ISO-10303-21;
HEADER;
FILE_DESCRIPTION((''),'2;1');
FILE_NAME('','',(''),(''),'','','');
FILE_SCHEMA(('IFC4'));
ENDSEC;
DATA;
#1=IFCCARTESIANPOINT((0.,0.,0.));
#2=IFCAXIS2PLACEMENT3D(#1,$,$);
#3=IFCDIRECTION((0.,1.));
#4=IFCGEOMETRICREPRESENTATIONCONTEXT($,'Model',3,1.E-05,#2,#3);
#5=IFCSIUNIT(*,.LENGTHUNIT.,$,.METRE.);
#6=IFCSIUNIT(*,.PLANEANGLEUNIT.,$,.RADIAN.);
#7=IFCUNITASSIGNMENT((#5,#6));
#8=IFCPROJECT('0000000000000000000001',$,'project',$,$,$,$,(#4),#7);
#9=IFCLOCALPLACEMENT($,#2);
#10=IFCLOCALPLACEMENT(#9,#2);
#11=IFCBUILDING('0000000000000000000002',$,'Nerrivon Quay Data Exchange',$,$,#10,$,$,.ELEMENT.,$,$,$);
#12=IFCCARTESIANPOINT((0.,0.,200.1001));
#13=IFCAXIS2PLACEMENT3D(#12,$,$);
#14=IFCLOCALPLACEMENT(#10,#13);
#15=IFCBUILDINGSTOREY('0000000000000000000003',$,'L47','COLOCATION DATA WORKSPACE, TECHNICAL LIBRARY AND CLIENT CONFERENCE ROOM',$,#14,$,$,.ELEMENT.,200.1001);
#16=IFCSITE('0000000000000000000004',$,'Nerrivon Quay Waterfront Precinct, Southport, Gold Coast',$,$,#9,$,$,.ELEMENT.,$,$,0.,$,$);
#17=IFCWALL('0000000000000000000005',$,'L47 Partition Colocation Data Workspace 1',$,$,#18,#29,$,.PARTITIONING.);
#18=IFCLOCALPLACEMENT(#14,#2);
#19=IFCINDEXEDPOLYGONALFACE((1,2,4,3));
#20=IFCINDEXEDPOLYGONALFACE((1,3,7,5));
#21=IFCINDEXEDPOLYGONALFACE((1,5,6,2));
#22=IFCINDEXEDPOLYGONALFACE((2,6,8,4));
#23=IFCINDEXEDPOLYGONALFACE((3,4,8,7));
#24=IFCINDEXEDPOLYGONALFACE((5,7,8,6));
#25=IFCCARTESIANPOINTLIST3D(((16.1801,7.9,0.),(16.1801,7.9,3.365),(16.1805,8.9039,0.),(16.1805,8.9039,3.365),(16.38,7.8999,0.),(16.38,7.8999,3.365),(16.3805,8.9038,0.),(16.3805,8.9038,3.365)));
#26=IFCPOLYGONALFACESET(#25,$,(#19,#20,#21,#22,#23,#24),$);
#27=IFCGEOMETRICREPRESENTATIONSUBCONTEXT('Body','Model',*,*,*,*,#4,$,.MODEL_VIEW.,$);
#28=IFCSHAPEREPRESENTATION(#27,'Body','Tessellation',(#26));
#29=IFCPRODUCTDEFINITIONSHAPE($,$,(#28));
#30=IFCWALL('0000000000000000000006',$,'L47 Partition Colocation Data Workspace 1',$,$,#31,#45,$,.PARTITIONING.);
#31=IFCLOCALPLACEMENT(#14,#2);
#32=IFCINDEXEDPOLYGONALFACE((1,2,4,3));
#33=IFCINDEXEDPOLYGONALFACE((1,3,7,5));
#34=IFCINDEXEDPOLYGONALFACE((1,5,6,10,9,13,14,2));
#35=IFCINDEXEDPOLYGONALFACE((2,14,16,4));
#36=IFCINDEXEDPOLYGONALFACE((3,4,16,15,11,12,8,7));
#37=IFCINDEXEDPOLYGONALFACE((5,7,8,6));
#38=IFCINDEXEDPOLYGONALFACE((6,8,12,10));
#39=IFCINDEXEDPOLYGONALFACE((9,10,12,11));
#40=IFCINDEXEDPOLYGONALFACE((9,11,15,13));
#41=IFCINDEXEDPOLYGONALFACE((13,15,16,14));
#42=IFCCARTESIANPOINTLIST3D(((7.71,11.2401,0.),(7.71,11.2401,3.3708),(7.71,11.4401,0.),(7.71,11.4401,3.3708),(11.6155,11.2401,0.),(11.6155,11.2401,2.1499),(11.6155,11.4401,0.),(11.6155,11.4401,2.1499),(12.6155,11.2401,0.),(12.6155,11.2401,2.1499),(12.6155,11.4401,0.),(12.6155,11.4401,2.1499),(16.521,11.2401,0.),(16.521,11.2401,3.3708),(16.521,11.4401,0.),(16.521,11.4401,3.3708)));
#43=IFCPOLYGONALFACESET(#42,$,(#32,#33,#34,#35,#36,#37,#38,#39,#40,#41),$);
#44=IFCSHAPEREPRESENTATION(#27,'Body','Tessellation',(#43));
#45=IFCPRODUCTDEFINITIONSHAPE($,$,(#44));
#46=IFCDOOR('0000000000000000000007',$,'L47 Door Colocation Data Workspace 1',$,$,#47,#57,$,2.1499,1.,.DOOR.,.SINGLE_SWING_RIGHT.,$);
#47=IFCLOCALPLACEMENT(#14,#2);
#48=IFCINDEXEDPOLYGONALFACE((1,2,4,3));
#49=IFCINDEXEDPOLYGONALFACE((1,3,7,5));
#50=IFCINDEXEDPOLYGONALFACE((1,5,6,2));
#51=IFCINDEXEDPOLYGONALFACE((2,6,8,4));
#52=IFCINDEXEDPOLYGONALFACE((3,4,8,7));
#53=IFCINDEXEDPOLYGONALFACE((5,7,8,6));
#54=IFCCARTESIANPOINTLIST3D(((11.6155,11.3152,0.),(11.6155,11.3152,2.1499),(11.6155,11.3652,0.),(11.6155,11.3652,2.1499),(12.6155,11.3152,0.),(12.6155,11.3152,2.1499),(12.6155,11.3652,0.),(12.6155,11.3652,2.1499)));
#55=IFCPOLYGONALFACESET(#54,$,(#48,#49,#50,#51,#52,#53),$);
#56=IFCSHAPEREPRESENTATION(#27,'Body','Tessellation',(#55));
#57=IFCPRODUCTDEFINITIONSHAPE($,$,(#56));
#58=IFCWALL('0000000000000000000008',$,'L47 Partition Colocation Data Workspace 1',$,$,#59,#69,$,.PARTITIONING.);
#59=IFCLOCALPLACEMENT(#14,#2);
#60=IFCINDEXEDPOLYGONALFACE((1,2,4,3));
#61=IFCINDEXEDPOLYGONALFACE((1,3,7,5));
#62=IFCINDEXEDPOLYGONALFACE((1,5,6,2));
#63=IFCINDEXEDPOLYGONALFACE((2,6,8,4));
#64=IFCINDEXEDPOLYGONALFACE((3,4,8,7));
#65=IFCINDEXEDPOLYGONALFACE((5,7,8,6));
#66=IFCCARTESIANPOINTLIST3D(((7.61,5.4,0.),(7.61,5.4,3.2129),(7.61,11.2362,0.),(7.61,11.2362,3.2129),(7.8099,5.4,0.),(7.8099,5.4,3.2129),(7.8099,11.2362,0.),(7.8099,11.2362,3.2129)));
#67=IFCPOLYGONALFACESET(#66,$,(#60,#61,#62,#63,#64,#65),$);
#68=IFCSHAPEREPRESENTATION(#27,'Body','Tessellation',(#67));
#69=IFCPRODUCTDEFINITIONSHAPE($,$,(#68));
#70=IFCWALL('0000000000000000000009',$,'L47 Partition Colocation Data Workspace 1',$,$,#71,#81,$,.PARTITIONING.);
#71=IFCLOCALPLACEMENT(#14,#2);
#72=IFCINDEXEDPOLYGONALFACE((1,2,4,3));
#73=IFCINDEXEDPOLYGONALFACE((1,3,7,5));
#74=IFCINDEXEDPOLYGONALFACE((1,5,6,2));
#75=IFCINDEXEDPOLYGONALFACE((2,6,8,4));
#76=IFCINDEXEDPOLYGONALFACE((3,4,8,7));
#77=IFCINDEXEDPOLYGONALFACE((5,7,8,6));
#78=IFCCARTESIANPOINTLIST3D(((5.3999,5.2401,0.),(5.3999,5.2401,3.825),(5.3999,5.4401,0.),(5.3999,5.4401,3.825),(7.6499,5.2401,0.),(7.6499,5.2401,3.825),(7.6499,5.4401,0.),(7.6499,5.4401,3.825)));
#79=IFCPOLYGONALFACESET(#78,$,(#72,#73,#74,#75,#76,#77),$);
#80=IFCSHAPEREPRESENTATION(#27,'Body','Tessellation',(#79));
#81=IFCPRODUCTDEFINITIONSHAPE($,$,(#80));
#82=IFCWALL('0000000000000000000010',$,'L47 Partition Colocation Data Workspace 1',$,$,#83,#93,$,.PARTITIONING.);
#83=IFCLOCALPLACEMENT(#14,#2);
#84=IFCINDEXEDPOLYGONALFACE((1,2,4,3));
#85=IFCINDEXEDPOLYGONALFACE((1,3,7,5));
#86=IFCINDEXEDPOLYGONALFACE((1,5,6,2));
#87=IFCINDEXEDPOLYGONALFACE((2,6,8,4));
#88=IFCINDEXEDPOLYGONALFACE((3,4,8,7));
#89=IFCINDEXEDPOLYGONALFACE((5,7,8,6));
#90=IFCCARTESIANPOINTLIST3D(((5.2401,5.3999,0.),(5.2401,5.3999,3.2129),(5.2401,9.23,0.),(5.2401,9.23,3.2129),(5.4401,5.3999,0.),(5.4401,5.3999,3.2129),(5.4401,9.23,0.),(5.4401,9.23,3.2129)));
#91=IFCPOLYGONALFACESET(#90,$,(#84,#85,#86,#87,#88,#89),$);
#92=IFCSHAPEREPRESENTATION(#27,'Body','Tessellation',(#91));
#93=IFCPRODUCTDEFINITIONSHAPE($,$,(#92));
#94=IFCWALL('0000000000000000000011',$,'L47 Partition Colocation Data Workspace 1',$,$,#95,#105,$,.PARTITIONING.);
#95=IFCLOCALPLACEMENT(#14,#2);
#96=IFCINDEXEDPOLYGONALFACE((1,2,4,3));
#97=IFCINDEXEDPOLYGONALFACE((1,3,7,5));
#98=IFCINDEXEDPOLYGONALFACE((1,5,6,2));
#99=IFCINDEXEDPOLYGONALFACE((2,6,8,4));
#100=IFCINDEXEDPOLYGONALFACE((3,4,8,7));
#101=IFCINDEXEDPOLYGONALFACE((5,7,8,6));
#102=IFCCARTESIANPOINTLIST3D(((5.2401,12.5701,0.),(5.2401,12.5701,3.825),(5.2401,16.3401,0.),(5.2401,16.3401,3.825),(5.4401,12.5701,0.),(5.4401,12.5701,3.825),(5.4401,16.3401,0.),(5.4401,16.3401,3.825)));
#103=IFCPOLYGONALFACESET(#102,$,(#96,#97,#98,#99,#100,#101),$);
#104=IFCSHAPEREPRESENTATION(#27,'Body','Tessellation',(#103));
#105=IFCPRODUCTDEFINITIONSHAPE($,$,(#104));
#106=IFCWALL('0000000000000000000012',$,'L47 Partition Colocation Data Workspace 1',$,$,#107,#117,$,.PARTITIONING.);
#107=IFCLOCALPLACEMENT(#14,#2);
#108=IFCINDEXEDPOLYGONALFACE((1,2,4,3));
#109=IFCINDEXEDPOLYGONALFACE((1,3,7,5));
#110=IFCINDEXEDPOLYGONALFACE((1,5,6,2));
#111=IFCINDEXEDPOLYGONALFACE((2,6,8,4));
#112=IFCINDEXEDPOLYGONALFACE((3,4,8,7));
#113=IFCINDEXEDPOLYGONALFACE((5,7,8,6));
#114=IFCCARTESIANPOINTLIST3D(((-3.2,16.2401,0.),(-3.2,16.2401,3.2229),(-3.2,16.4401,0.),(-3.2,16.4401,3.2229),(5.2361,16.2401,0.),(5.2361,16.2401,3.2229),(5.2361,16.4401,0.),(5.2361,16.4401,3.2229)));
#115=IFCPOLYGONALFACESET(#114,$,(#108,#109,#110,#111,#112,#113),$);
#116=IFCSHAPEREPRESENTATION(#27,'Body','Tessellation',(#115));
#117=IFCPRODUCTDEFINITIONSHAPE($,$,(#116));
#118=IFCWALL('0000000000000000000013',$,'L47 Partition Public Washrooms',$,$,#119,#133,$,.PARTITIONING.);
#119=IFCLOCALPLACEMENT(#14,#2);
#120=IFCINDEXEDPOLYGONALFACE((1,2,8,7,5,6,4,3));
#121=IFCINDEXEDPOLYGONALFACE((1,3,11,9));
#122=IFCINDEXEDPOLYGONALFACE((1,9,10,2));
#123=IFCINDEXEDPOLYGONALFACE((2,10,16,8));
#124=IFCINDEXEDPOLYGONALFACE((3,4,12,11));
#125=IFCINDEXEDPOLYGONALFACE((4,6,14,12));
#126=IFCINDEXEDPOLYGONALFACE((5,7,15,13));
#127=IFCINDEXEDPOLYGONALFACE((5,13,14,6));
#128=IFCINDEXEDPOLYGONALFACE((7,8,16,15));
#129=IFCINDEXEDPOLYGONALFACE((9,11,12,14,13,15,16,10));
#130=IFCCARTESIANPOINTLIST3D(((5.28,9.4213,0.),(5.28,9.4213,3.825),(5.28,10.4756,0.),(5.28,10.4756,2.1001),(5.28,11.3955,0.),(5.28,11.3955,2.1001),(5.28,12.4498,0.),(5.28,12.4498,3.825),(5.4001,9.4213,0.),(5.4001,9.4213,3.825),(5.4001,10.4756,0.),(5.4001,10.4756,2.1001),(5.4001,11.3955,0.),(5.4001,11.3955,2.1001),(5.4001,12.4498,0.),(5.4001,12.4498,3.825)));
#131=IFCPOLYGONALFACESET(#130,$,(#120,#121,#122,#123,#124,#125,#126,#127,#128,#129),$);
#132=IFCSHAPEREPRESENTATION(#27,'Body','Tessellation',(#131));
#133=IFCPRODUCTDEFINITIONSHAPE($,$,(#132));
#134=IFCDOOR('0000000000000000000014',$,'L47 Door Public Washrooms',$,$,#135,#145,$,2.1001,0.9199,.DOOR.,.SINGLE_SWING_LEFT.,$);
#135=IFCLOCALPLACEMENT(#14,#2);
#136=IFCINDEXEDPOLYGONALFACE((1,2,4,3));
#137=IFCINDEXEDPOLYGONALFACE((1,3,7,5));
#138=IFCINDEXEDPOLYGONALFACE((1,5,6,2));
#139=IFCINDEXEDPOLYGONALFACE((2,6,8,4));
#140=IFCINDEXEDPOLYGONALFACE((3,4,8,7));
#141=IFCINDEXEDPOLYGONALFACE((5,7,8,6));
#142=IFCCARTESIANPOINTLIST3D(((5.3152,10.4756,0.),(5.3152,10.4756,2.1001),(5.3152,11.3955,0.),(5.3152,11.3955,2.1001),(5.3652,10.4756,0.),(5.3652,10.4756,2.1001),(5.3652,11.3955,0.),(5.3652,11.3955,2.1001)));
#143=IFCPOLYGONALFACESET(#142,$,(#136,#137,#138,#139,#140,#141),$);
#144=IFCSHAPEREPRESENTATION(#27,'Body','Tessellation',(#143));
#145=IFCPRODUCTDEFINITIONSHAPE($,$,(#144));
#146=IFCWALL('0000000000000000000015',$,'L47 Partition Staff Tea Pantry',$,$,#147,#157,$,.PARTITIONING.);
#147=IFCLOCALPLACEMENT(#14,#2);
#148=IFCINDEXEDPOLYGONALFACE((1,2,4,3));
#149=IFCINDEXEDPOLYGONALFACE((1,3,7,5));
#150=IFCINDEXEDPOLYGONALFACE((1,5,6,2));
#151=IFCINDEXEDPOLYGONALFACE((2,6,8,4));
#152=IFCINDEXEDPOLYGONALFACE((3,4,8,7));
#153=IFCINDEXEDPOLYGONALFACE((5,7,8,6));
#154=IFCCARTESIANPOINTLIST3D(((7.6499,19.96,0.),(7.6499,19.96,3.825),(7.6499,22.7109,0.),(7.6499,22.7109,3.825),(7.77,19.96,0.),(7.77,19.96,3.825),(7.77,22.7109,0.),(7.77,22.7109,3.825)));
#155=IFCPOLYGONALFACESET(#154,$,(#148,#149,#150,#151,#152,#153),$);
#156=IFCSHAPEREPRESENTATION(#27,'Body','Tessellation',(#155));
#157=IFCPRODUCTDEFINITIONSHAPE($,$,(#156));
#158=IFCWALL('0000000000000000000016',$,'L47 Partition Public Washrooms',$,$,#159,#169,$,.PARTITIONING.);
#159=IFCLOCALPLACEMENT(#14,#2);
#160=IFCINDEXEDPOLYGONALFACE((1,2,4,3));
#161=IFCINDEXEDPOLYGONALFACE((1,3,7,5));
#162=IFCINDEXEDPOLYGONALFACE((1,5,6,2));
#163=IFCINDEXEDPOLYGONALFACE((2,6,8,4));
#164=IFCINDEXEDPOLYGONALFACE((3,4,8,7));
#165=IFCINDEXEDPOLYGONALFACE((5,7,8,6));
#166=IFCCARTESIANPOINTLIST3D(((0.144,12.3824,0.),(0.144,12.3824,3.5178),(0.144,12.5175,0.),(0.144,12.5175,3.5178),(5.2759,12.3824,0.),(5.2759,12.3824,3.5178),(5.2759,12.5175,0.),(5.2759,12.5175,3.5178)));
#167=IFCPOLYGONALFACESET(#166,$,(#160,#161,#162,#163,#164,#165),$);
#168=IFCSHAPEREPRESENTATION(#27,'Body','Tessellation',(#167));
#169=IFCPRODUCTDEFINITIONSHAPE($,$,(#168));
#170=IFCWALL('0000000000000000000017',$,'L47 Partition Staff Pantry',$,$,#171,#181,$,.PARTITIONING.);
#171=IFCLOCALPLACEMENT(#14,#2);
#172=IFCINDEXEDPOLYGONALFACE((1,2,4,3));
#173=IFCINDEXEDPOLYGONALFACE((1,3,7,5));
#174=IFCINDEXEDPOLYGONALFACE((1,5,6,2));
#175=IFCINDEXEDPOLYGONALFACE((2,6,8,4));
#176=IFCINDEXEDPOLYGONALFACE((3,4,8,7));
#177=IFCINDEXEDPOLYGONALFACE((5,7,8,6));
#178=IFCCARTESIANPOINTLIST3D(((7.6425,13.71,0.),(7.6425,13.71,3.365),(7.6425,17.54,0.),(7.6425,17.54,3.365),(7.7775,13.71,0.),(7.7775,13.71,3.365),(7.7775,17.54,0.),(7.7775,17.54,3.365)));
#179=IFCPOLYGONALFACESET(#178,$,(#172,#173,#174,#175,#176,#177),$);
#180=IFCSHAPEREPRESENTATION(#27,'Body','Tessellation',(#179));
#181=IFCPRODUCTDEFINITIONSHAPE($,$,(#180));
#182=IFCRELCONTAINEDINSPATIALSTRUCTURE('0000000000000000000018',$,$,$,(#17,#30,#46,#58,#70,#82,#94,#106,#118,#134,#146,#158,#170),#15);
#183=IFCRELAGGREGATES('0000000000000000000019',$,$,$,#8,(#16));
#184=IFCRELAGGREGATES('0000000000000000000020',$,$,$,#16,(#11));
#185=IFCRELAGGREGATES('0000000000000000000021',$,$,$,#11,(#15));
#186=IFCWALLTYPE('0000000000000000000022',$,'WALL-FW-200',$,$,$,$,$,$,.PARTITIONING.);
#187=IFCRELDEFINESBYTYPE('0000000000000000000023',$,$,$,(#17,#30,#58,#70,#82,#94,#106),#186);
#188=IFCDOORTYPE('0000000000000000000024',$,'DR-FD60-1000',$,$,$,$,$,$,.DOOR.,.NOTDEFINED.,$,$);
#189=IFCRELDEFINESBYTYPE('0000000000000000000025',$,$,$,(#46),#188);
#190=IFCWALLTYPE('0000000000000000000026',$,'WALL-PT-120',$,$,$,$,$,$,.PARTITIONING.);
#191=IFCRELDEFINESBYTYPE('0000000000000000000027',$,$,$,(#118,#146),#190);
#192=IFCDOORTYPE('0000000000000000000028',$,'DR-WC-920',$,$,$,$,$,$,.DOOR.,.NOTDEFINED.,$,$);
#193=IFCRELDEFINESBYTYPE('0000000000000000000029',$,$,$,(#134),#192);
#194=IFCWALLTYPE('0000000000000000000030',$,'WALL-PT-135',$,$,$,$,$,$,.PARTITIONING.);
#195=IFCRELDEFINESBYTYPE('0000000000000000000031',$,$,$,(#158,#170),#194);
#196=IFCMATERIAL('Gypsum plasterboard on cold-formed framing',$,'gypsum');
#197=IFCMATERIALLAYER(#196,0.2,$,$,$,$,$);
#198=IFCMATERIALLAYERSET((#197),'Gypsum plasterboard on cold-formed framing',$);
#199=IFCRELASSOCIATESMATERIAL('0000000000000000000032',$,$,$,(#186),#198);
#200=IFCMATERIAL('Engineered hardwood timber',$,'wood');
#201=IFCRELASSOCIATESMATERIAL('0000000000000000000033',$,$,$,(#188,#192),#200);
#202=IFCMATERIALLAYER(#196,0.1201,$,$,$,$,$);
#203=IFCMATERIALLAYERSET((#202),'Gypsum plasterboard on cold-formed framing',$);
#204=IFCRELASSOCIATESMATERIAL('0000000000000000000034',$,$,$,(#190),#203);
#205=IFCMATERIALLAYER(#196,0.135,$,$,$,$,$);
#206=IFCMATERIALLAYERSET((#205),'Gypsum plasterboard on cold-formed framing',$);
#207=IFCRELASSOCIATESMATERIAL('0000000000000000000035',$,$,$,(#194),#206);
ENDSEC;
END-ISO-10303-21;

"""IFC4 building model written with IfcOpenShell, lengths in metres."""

from ifc_helpers import new_model, si_unit, direction, frame, frame_2d, origin, place, context, subcontext, project, spatial, rectangle, extrude, material, layer, layer_set, type_object, element, fill, save


model = new_model("IFC4")

# Units and contexts
model_context = context("Model", 3, precision=1e-05, world=origin(), true_north=direction((0.0, 1.0)))
body_context = subcontext(model_context, "Body", "Model", "MODEL_VIEW")
ifc_project = project(units=[si_unit("LENGTHUNIT", "METRE"), si_unit("PLANEANGLEUNIT", "RADIAN")], contexts=[model_context])

# Site, building, storey
site_placement = place(None, origin())
site = spatial("IfcSite", under=ifc_project, at=site_placement, Name="Nerrivon Quay Waterfront Precinct, Southport, Gold Coast", CompositionType="ELEMENT", RefElevation=0.0)
building_placement = place(site_placement, origin())
building = spatial("IfcBuilding", under=site, at=building_placement, Name="Nerrivon Quay Data Exchange", CompositionType="ELEMENT")
storey_placement = place(building_placement, frame((0.0, 0.0, 200.1001)))
storey = spatial("IfcBuildingStorey", under=building, at=storey_placement, Name="L47", Description="COLOCATION DATA WORKSPACE, TECHNICAL LIBRARY AND CLIENT CONFERENCE ROOM", CompositionType="ELEMENT", Elevation=200.1001)

# Wall
ifc_material_1 = material(Name="Gypsum plasterboard on cold-formed framing", Category="gypsum")
ifc_layer_1 = layer(ifc_material_1, 0.2)
ifc_layer_set_1 = layer_set([ifc_layer_1], Name="Gypsum plasterboard on cold-formed framing")
wall_type_1 = type_object("IfcWallType", Name="WALL-FW-200", PredefinedType="PARTITIONING", material=ifc_layer_set_1)
wall_1_placement = place(storey_placement, frame((16.28, 7.8999, 0.0), z_axis=(0.0, 0.0, 1.0), x_axis=(0.000486, 1.0, 0.0)))
element("IfcWall", 1, at=wall_1_placement, inside=storey, type_object=wall_type_1, Name="L47 Partition Colocation Data Workspace 1", PredefinedType="PARTITIONING", context=body_context, shape_type="SweptSolid", body=[
    extrude(rectangle(XDim=1.0039, YDim=0.2, at=frame_2d((0.502, 0.0))), origin(), (0.0, 0.0, 1.0), 3.365),
])

# Wall, opening, door
wall_2_placement = place(storey_placement, frame((16.521, 11.3401, 0.0), z_axis=(0.0, 0.0, 1.0), x_axis=(-1.0, 0.0, 0.0)))
wall_2 = element("IfcWall", 2, at=wall_2_placement, inside=storey, type_object=wall_type_1, Name="L47 Partition Colocation Data Workspace 1", PredefinedType="PARTITIONING", context=body_context, shape_type="SweptSolid", body=[
    extrude(rectangle(XDim=8.811, YDim=0.2, at=frame_2d((4.4055, 0.0))), origin(), (0.0, 0.0, 1.0), 3.3708),
])
opening_1_placement = place(wall_2_placement, frame((3.9055, 0.0, 0.0)))
opening_1 = element("IfcOpeningElement", 3, at=opening_1_placement, cuts=wall_2, PredefinedType="OPENING", context=body_context, shape_type="SweptSolid", body=[
    extrude(rectangle(XDim=1.0, YDim=2.1499, at=frame_2d((0.5, 1.075))), frame((0.0, 0.1099, 0.0), z_axis=(0.0, -1.0, 0.0), x_axis=(1.0, 0.0, 0.0)), (0.0, 0.0, 1.0), 0.22),
])
ifc_material_2 = material(Name="Engineered hardwood timber", Category="wood")
door_type_1 = type_object("IfcDoorType", Name="DR-FD60-1000", OperationType="NOTDEFINED", PredefinedType="DOOR", material=ifc_material_2)
door_1_placement = place(opening_1_placement, origin())
door_1 = element("IfcDoor", 4, at=door_1_placement, inside=storey, type_object=door_type_1, Name="L47 Door Colocation Data Workspace 1", OperationType="SINGLE_SWING_RIGHT", OverallHeight=2.1499, OverallWidth=1.0, PredefinedType="DOOR", context=body_context, shape_type="SweptSolid", body=[
    extrude(rectangle(XDim=1.0, YDim=2.1499, at=frame_2d((0.5, 1.075))), frame((0.0, 0.0249, 0.0), z_axis=(0.0, -1.0, 0.0), x_axis=(1.0, 0.0, 0.0)), (0.0, 0.0, 1.0), 0.05),
])
fill(opening_1, door_1)

# Walls
wall_3_placement = place(storey_placement, frame((7.71, 11.2361, 0.0), z_axis=(0.0, 0.0, 1.0), x_axis=(0.0, -1.0, 0.0)))
element("IfcWall", 5, at=wall_3_placement, inside=storey, type_object=wall_type_1, Name="L47 Partition Colocation Data Workspace 1", PredefinedType="PARTITIONING", context=body_context, shape_type="SweptSolid", body=[
    extrude(rectangle(XDim=5.8362, YDim=0.2, at=frame_2d((2.918, 0.0))), origin(), (0.0, 0.0, 1.0), 3.2129),
])
wall_4_placement = place(storey_placement, frame((7.6499, 5.3401, 0.0), z_axis=(0.0, 0.0, 1.0), x_axis=(-1.0, 0.0, 0.0)))
element("IfcWall", 6, at=wall_4_placement, inside=storey, type_object=wall_type_1, Name="L47 Partition Colocation Data Workspace 1", PredefinedType="PARTITIONING", context=body_context, shape_type="SweptSolid", body=[
    extrude(rectangle(XDim=2.25, YDim=0.2, at=frame_2d((1.125, 0.0))), origin(), (0.0, 0.0, 1.0), 3.825),
])
wall_5_placement = place(storey_placement, frame((5.3401, 5.3999, 0.0), z_axis=(0.0, 0.0, 1.0), x_axis=(0.0, 1.0, 0.0)))
element("IfcWall", 7, at=wall_5_placement, inside=storey, type_object=wall_type_1, Name="L47 Partition Colocation Data Workspace 1", PredefinedType="PARTITIONING", context=body_context, shape_type="SweptSolid", body=[
    extrude(rectangle(XDim=3.8301, YDim=0.2, at=frame_2d((1.915, 0.0))), origin(), (0.0, 0.0, 1.0), 3.2129),
])
wall_6_placement = place(storey_placement, frame((5.3401, 12.5701, 0.0), z_axis=(0.0, 0.0, 1.0), x_axis=(0.0, 1.0, 0.0)))
element("IfcWall", 8, at=wall_6_placement, inside=storey, type_object=wall_type_1, Name="L47 Partition Colocation Data Workspace 1", PredefinedType="PARTITIONING", context=body_context, shape_type="SweptSolid", body=[
    extrude(rectangle(XDim=3.77, YDim=0.2, at=frame_2d((1.885, 0.0))), origin(), (0.0, 0.0, 1.0), 3.825),
])
wall_7_placement = place(storey_placement, frame((5.2361, 16.3401, 0.0), z_axis=(0.0, 0.0, 1.0), x_axis=(-1.0, 0.0, 0.0)))
element("IfcWall", 9, at=wall_7_placement, inside=storey, type_object=wall_type_1, Name="L47 Partition Colocation Data Workspace 1", PredefinedType="PARTITIONING", context=body_context, shape_type="SweptSolid", body=[
    extrude(rectangle(XDim=8.436, YDim=0.2, at=frame_2d((4.218, 0.0))), origin(), (0.0, 0.0, 1.0), 3.2229),
])

# Wall, opening, door
ifc_layer_2 = layer(ifc_material_1, 0.1201)
ifc_layer_set_2 = layer_set([ifc_layer_2], Name="Gypsum plasterboard on cold-formed framing")
wall_type_2 = type_object("IfcWallType", Name="WALL-PT-120", PredefinedType="PARTITIONING", material=ifc_layer_set_2)
wall_8_placement = place(storey_placement, frame((5.3401, 9.4214, 0.0), z_axis=(0.0, 0.0, 1.0), x_axis=(0.0, 1.0, 0.0)))
wall_8 = element("IfcWall", 10, at=wall_8_placement, inside=storey, type_object=wall_type_2, Name="L47 Partition Public Washrooms", PredefinedType="PARTITIONING", context=body_context, shape_type="SweptSolid", body=[
    extrude(rectangle(XDim=3.0286, YDim=0.1201, at=frame_2d((1.5142, 0.0))), origin(), (0.0, 0.0, 1.0), 3.825),
])
opening_2_placement = place(wall_8_placement, frame((1.0542, 0.0, 0.0)))
opening_2 = element("IfcOpeningElement", 11, at=opening_2_placement, cuts=wall_8, PredefinedType="OPENING", context=body_context, shape_type="SweptSolid", body=[
    extrude(rectangle(XDim=0.9199, YDim=2.1001, at=frame_2d((0.46, 1.05))), frame((0.0, 0.0701, 0.0), z_axis=(0.0, -1.0, 0.0), x_axis=(1.0, 0.0, 0.0)), (0.0, 0.0, 1.0), 0.1401),
])
door_type_2 = type_object("IfcDoorType", Name="DR-WC-920", OperationType="NOTDEFINED", PredefinedType="DOOR", material=ifc_material_2)
door_2_placement = place(opening_2_placement, origin())
door_2 = element("IfcDoor", 12, at=door_2_placement, inside=storey, type_object=door_type_2, Name="L47 Door Public Washrooms", OperationType="SINGLE_SWING_LEFT", OverallHeight=2.1001, OverallWidth=0.9199, PredefinedType="DOOR", context=body_context, shape_type="SweptSolid", body=[
    extrude(rectangle(XDim=0.9199, YDim=2.1001, at=frame_2d((0.46, 1.05))), frame((0.0, 0.0249, 0.0), z_axis=(0.0, -1.0, 0.0), x_axis=(1.0, 0.0, 0.0)), (0.0, 0.0, 1.0), 0.05),
])
fill(opening_2, door_2)

# Walls
wall_9_placement = place(storey_placement, frame((7.71, 22.7109, 0.0), z_axis=(0.0, 0.0, 1.0), x_axis=(0.0, -1.0, 0.0)))
element("IfcWall", 13, at=wall_9_placement, inside=storey, type_object=wall_type_2, Name="L47 Partition Staff Tea Pantry", PredefinedType="PARTITIONING", context=body_context, shape_type="SweptSolid", body=[
    extrude(rectangle(XDim=2.751, YDim=0.1201, at=frame_2d((1.3755, 0.0))), origin(), (0.0, 0.0, 1.0), 3.825),
])
ifc_layer_3 = layer(ifc_material_1, 0.135)
ifc_layer_set_3 = layer_set([ifc_layer_3], Name="Gypsum plasterboard on cold-formed framing")
wall_type_3 = type_object("IfcWallType", Name="WALL-PT-135", PredefinedType="PARTITIONING", material=ifc_layer_set_3)
wall_10_placement = place(storey_placement, frame((5.2759, 12.45, 0.0), z_axis=(0.0, 0.0, 1.0), x_axis=(-1.0, 0.0, 0.0)))
element("IfcWall", 14, at=wall_10_placement, inside=storey, type_object=wall_type_3, Name="L47 Partition Public Washrooms", PredefinedType="PARTITIONING", context=body_context, shape_type="SweptSolid", body=[
    extrude(rectangle(XDim=5.1318, YDim=0.135, at=frame_2d((2.5659, 0.0))), origin(), (0.0, 0.0, 1.0), 3.5178),
])
wall_11_placement = place(storey_placement, frame((7.71, 17.54, 0.0), z_axis=(0.0, 0.0, 1.0), x_axis=(0.0, -1.0, 0.0)))
element("IfcWall", 15, at=wall_11_placement, inside=storey, type_object=wall_type_3, Name="L47 Partition Staff Pantry", PredefinedType="PARTITIONING", context=body_context, shape_type="SweptSolid", body=[
    extrude(rectangle(XDim=3.8301, YDim=0.135, at=frame_2d((1.915, 0.0))), origin(), (0.0, 0.0, 1.0), 3.365),
])

save(model, "model.ifc")
